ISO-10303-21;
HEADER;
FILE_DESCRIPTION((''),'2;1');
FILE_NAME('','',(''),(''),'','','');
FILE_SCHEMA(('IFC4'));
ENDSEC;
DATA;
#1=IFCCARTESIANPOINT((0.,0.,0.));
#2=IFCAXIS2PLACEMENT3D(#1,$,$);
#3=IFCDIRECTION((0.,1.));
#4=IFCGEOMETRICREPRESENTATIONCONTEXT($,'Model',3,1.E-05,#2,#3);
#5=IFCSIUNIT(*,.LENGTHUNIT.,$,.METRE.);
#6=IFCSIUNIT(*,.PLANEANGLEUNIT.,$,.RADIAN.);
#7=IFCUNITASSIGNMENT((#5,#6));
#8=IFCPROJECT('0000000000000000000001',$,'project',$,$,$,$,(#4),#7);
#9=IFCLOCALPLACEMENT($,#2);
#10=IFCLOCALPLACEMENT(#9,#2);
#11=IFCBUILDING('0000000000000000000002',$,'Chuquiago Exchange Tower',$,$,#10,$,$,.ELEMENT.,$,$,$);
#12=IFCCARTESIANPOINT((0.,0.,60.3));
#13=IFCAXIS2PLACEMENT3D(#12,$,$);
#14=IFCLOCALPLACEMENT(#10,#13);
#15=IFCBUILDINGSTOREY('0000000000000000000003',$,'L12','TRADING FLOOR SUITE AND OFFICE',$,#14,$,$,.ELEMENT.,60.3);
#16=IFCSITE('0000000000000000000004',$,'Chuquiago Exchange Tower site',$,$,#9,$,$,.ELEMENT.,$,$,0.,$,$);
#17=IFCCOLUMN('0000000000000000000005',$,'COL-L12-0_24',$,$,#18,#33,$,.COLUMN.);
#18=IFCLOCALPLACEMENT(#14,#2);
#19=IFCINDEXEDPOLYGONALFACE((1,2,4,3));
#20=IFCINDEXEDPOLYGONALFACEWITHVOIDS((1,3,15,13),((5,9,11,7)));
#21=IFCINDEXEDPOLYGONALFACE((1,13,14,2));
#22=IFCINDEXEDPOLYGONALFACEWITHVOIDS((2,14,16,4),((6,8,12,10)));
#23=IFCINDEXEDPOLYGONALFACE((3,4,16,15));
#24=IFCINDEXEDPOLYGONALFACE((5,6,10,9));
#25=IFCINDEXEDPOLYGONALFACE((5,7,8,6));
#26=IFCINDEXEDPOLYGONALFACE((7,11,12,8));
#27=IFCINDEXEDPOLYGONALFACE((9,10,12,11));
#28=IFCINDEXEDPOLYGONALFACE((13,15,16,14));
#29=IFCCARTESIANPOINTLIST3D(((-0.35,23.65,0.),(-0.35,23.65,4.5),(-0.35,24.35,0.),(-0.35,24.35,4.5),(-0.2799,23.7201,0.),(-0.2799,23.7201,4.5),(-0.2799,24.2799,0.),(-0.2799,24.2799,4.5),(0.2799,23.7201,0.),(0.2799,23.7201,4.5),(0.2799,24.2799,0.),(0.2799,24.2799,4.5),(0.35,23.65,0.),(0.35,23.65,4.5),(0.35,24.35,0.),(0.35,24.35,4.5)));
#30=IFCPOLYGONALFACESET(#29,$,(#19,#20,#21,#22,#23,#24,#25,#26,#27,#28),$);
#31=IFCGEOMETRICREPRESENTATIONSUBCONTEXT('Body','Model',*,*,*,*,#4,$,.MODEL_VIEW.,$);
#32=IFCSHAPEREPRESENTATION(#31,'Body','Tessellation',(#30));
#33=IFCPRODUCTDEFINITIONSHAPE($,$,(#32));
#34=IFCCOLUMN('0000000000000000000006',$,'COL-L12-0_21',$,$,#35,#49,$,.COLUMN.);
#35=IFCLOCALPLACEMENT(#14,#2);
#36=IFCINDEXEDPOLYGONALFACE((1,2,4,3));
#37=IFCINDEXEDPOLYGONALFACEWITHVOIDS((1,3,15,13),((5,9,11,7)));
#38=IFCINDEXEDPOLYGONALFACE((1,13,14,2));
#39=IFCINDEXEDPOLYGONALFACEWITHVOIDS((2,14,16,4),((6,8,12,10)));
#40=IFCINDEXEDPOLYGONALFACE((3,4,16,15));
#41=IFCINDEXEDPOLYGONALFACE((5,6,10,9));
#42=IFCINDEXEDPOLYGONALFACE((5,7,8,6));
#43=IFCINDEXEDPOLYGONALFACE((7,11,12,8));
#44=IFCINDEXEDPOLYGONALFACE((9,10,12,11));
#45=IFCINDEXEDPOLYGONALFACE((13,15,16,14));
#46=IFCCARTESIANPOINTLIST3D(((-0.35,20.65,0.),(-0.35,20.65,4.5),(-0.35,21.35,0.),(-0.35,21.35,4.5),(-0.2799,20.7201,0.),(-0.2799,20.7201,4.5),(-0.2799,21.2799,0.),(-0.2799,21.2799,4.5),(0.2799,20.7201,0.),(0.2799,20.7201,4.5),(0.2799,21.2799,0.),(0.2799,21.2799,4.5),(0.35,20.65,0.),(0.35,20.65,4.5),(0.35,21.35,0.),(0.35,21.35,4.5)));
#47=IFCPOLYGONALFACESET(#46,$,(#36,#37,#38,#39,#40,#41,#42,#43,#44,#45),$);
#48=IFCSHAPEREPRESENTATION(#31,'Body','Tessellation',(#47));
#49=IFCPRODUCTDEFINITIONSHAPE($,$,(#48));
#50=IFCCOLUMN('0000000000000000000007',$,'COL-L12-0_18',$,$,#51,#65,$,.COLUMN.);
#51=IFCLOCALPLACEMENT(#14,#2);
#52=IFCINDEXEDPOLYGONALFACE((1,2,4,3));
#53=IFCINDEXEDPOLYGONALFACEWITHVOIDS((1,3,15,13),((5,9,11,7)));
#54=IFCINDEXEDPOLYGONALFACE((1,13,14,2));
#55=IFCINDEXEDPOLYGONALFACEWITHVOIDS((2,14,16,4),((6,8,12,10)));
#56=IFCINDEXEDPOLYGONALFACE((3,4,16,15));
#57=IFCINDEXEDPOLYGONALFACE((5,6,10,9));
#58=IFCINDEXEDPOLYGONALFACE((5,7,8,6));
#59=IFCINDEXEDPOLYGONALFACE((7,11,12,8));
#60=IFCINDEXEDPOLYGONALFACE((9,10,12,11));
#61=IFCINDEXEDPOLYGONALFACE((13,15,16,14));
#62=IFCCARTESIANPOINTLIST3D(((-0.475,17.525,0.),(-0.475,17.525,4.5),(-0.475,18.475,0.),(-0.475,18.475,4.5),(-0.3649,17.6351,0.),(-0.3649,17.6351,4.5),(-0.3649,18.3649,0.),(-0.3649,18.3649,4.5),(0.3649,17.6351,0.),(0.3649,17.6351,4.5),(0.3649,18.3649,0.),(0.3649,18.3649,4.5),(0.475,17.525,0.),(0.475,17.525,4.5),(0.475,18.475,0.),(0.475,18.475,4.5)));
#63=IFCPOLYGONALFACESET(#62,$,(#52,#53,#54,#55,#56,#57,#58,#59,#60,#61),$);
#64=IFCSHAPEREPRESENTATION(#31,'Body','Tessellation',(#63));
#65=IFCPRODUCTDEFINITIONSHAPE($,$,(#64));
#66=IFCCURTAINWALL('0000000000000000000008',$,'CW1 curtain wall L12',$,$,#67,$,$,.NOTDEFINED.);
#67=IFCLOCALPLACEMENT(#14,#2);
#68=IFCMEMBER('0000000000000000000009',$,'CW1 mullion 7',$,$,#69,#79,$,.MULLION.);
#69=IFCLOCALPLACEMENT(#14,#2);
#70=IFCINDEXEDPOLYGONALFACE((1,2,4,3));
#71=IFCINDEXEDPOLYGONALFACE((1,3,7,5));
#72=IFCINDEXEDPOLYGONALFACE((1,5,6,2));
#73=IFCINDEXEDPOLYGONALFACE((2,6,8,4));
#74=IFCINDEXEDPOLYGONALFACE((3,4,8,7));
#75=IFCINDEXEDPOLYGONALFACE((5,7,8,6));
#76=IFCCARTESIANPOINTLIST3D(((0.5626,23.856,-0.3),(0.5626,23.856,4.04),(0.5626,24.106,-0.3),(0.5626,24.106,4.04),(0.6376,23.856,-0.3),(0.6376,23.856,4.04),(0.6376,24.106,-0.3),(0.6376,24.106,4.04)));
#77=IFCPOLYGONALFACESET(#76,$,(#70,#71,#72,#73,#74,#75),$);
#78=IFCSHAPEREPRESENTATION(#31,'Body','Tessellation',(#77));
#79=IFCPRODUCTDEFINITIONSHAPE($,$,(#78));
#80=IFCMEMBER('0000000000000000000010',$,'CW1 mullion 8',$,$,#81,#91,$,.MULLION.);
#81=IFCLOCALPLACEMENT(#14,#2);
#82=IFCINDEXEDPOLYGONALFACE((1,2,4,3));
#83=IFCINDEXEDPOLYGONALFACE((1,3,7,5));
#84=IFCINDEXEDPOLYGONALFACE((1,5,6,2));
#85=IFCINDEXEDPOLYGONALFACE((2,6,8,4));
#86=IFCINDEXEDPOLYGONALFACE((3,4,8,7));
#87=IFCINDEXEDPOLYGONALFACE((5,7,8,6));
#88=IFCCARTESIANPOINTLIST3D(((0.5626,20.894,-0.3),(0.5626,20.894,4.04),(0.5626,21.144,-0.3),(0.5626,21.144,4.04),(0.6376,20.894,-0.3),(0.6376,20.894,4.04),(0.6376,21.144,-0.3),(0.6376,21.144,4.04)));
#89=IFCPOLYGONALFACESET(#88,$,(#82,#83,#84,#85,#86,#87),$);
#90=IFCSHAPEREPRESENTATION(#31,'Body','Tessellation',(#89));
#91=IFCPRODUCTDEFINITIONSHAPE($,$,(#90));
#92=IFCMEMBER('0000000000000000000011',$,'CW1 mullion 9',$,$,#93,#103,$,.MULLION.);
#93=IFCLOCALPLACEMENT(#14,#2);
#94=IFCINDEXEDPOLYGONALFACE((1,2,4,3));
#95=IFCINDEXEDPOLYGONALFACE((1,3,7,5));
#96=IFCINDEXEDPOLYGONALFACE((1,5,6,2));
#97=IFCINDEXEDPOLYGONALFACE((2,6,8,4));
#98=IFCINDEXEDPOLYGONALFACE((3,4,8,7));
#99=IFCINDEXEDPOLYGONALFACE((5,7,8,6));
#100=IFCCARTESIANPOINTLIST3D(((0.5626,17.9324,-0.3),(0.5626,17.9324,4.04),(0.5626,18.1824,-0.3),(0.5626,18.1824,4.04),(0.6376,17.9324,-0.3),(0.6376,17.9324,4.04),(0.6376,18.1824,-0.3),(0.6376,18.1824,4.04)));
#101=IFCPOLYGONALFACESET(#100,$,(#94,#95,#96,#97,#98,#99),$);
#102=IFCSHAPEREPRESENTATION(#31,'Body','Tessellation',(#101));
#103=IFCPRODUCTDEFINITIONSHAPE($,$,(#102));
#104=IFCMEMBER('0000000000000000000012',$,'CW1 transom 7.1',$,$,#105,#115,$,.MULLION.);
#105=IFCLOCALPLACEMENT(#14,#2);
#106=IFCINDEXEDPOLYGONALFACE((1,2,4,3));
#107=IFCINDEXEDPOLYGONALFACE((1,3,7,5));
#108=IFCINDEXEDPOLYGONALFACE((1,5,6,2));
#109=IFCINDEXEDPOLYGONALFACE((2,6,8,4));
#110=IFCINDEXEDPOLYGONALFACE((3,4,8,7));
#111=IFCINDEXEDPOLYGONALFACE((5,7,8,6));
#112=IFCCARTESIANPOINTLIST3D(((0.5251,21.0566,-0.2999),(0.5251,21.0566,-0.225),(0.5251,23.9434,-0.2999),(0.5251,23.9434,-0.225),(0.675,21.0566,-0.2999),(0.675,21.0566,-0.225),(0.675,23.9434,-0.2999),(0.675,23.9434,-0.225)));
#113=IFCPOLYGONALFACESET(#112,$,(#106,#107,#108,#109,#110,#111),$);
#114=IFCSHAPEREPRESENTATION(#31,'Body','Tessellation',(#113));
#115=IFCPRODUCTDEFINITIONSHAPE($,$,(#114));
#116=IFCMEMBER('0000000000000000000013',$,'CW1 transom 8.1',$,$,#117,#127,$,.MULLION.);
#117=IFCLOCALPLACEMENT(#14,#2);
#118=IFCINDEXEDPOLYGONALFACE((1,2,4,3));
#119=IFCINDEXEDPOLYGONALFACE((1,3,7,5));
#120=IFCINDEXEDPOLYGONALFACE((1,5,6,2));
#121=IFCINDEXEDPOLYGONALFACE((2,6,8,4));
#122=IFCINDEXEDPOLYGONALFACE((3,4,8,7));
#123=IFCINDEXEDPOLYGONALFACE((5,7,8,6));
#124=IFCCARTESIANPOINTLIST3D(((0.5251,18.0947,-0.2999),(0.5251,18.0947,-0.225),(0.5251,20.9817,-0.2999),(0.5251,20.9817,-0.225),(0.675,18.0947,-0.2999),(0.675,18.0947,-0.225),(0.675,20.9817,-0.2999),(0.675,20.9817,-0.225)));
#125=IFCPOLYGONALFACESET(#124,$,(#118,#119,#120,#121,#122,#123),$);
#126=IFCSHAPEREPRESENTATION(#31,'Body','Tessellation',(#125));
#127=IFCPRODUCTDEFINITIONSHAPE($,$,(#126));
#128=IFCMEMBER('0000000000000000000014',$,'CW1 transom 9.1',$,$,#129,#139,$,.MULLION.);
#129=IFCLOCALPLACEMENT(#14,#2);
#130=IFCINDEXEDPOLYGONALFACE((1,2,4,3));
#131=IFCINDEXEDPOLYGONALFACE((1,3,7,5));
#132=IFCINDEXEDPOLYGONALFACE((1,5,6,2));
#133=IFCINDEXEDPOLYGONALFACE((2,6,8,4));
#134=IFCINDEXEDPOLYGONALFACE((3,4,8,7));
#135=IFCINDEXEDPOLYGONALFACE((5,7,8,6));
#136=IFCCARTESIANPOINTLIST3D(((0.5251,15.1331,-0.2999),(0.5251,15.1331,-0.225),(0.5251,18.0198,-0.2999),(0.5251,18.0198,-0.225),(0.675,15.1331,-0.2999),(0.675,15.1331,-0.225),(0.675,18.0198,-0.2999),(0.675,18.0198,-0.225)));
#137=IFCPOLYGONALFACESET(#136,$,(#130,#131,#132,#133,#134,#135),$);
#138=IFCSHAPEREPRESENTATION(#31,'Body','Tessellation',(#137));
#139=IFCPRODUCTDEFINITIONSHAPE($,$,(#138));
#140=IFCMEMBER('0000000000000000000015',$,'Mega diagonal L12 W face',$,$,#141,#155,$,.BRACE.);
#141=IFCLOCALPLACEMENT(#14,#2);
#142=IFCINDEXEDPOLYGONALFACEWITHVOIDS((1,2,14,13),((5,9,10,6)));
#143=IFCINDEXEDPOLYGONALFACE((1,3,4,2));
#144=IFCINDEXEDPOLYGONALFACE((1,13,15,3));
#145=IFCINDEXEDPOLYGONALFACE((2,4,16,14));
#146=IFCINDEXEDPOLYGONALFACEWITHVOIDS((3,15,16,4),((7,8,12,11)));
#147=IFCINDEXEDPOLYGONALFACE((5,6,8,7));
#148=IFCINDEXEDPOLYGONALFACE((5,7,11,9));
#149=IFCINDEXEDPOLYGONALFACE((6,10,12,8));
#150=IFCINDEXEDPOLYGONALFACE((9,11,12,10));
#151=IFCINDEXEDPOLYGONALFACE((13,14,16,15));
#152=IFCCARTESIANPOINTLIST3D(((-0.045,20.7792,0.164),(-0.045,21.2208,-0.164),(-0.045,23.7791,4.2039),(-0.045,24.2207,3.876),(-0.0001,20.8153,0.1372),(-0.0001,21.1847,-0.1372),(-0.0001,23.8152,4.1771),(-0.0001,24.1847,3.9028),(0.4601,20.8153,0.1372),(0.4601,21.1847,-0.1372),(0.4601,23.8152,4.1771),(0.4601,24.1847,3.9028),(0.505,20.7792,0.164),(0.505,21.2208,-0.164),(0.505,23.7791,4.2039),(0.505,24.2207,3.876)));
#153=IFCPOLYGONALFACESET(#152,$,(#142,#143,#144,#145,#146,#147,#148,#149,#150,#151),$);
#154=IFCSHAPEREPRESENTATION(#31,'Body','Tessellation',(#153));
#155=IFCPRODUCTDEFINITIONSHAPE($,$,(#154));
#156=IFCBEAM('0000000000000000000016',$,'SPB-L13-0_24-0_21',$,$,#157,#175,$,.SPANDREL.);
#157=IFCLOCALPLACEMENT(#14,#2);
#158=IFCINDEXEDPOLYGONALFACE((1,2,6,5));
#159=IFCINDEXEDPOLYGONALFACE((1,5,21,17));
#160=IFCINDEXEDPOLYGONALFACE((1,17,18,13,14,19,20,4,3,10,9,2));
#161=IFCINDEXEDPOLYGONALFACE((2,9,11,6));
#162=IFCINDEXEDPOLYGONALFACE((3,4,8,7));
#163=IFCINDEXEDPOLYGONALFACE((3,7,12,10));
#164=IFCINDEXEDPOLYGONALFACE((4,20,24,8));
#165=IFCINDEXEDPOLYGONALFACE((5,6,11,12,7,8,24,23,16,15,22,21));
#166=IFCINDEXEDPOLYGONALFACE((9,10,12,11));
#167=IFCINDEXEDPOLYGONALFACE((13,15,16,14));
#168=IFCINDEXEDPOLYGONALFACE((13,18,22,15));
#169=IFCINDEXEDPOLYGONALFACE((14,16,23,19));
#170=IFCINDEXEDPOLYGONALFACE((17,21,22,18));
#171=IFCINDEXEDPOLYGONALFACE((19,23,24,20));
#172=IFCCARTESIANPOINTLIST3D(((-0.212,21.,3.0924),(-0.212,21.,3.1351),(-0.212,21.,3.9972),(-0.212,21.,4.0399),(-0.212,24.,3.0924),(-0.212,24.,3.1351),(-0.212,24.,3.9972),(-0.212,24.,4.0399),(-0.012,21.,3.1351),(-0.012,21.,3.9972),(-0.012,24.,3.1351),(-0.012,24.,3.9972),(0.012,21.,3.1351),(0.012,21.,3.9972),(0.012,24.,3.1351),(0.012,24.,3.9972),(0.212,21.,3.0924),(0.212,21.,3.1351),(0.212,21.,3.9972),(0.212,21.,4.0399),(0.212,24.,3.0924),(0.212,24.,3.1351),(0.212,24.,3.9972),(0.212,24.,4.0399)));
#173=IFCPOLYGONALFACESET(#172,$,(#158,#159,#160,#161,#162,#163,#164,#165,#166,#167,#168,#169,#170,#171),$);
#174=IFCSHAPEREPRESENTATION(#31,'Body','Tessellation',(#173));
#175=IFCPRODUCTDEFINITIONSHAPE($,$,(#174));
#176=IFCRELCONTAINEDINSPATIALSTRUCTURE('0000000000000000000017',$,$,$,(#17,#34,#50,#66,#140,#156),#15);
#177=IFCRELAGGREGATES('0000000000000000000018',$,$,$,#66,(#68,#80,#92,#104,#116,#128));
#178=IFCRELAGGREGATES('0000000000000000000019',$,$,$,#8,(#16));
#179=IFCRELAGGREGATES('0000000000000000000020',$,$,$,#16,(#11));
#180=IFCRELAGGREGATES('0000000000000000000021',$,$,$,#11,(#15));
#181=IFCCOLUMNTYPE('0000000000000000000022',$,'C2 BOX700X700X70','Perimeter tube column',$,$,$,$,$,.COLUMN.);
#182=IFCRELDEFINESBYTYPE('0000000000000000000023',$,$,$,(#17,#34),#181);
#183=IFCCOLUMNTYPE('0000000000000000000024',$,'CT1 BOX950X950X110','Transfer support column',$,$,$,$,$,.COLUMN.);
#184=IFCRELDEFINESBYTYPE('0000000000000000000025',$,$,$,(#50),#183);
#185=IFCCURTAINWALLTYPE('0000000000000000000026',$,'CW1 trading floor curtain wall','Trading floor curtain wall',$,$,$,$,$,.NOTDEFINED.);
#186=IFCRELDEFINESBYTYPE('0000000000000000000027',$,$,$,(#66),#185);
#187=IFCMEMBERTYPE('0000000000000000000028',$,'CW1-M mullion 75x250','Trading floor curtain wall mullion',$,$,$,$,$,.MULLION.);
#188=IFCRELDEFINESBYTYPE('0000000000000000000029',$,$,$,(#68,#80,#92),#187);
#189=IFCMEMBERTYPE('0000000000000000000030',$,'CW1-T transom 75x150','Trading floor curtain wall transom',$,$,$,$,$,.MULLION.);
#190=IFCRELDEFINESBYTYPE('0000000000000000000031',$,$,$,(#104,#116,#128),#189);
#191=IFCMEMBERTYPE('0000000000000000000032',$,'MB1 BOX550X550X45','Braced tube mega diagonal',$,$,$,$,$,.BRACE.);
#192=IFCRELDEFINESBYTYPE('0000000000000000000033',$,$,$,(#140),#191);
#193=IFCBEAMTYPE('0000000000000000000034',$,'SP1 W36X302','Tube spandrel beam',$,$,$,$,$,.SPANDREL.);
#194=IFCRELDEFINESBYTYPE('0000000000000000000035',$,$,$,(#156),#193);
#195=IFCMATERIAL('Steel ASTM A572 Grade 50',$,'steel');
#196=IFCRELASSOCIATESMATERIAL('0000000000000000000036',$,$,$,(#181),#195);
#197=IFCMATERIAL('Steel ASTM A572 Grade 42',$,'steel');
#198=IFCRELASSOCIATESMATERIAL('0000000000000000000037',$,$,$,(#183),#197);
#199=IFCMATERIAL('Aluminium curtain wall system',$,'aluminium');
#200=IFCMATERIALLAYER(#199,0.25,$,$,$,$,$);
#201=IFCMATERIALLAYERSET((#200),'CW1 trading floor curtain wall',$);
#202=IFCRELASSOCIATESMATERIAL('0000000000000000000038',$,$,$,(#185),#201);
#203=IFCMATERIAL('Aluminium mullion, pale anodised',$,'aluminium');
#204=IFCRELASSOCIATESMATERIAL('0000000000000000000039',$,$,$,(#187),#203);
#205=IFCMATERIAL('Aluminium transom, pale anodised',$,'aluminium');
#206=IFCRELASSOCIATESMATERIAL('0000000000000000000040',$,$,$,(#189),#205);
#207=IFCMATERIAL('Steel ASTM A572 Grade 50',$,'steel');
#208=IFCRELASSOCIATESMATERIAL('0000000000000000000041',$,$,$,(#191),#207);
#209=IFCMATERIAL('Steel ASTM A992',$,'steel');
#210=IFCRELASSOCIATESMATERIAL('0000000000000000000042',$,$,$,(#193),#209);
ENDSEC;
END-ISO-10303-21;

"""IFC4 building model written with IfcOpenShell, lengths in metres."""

from ifc_helpers import new_model, si_unit, direction, frame, origin, origin_2d, place, context, subcontext, project, spatial, rectangle, hollow_rectangle, i_section, extrude, material, layer, layer_set, material_profile, profile_set, type_object, element, aggregate, save


model = new_model("IFC4")

# Units and contexts
model_context = context("Model", 3, precision=1e-05, world=origin(), true_north=direction((0.0, 1.0)))
body_context = subcontext(model_context, "Body", "Model", "MODEL_VIEW")
ifc_project = project(units=[si_unit("LENGTHUNIT", "METRE"), si_unit("PLANEANGLEUNIT", "RADIAN")], contexts=[model_context])

# Site, building, storey
site_placement = place(None, origin())
site = spatial("IfcSite", under=ifc_project, at=site_placement, Name="Chuquiago Exchange Tower site", CompositionType="ELEMENT", RefElevation=0.0)
building_placement = place(site_placement, origin())
building = spatial("IfcBuilding", under=site, at=building_placement, Name="Chuquiago Exchange Tower", CompositionType="ELEMENT")
storey_placement = place(building_placement, frame((0.0, 0.0, 60.3)))
storey = spatial("IfcBuildingStorey", under=building, at=storey_placement, Name="L12", Description="TRADING FLOOR SUITE AND OFFICE", CompositionType="ELEMENT", Elevation=60.3)

# Columns
ifc_material_1 = material(Name="Steel ASTM A572 Grade 50", Category="steel")
ifc_material_profile_1 = material_profile(ifc_material_1, hollow_rectangle(XDim=0.7, YDim=0.7, WallThickness=0.0701, at=origin_2d()), Name="BOX700X700X70")
ifc_profile_set_1 = profile_set([ifc_material_profile_1], Name="Steel ASTM A572 Grade 50")
column_type_1 = type_object("IfcColumnType", Name="C2 BOX700X700X70", Description="Perimeter tube column", PredefinedType="COLUMN", material=ifc_profile_set_1)
for number, where, z_axis, x_axis, name in (
    (1, (0.0, 24.0, 0.0), (0.0, 0.0, 1.0), (-1.0, 0.0, 0.0), "COL-L12-0_24"),
    (2, (0.0, 21.0, 0.0), (0.0, 0.0, 1.0), (-1.0, 0.0, 0.0), "COL-L12-0_21"),
):
    element("IfcColumn", number, at=place(storey_placement, frame(where, z_axis=z_axis, x_axis=x_axis)), inside=storey, type_object=column_type_1, Name=name, PredefinedType="COLUMN", context=body_context, shape_type="SweptSolid", body=[
        extrude(hollow_rectangle(XDim=0.7, YDim=0.7, WallThickness=0.0701, at=origin_2d()), origin(), (0.0, 0.0, 1.0), 4.5),
    ])
ifc_material_2 = material(Name="Steel ASTM A572 Grade 42", Category="steel")
ifc_material_profile_2 = material_profile(ifc_material_2, hollow_rectangle(XDim=0.95, YDim=0.95, WallThickness=0.1101, at=origin_2d()), Name="BOX950X950X110")
ifc_profile_set_2 = profile_set([ifc_material_profile_2], Name="Steel ASTM A572 Grade 42")
column_type_2 = type_object("IfcColumnType", Name="CT1 BOX950X950X110", Description="Transfer support column", PredefinedType="COLUMN", material=ifc_profile_set_2)
column_placement = place(storey_placement, frame((0.0, 18.0, 0.0), z_axis=(0.0, 0.0, 1.0), x_axis=(-1.0, 0.0, 0.0)))
element("IfcColumn", 3, at=column_placement, inside=storey, type_object=column_type_2, Name="COL-L12-0_18", PredefinedType="COLUMN", context=body_context, shape_type="SweptSolid", body=[
    extrude(hollow_rectangle(XDim=0.95, YDim=0.95, WallThickness=0.1101, at=origin_2d()), origin(), (0.0, 0.0, 1.0), 4.5),
])

# Curtain wall, members
ifc_material_3 = material(Name="Aluminium curtain wall system", Category="aluminium")
ifc_layer_1 = layer(ifc_material_3, 0.25)
ifc_layer_set_1 = layer_set([ifc_layer_1], Name="CW1 trading floor curtain wall")
curtain_wall_type = type_object("IfcCurtainWallType", Name="CW1 trading floor curtain wall", Description="Trading floor curtain wall", PredefinedType="NOTDEFINED", material=ifc_layer_set_1)
curtain_wall_placement = place(storey_placement, origin())
curtain_wall = element("IfcCurtainWall", 4, at=curtain_wall_placement, inside=storey, type_object=curtain_wall_type, Name="CW1 curtain wall L12", PredefinedType="NOTDEFINED")
ifc_material_4 = material(Name="Aluminium mullion, pale anodised", Category="aluminium")
ifc_material_profile_3 = material_profile(ifc_material_4, rectangle(XDim=0.075, YDim=0.25, at=origin_2d()), Name="AL 75x250")
ifc_profile_set_3 = profile_set([ifc_material_profile_3], Name="Aluminium mullion, pale anodised")
member_type_1 = type_object("IfcMemberType", Name="CW1-M mullion 75x250", Description="Trading floor curtain wall mullion", PredefinedType="MULLION", material=ifc_profile_set_3)
member_1_placement = place(storey_placement, frame((0.6001, 23.981, -0.3), z_axis=(0.0, 0.0, 1.0), x_axis=(1.0, 0.0, 0.0)))
member_1 = element("IfcMember", 5, at=member_1_placement, type_object=member_type_1, Name="CW1 mullion 7", PredefinedType="MULLION", context=body_context, shape_type="SweptSolid", body=[
    extrude(rectangle(XDim=0.075, YDim=0.25, at=origin_2d()), origin(), (0.0, 0.0, 1.0), 4.3401),
])
member_2_placement = place(storey_placement, frame((0.6001, 21.019, -0.3), z_axis=(0.0, 0.0, 1.0), x_axis=(1.0, 0.0, 0.0)))
member_2 = element("IfcMember", 6, at=member_2_placement, type_object=member_type_1, Name="CW1 mullion 8", PredefinedType="MULLION", context=body_context, shape_type="SweptSolid", body=[
    extrude(rectangle(XDim=0.075, YDim=0.25, at=origin_2d()), origin(), (0.0, 0.0, 1.0), 4.3401),
])
member_3_placement = place(storey_placement, frame((0.6001, 18.0574, -0.3), z_axis=(0.0, 0.0, 1.0), x_axis=(1.0, 0.0, 0.0)))
member_3 = element("IfcMember", 7, at=member_3_placement, type_object=member_type_1, Name="CW1 mullion 9", PredefinedType="MULLION", context=body_context, shape_type="SweptSolid", body=[
    extrude(rectangle(XDim=0.075, YDim=0.25, at=origin_2d()), origin(), (0.0, 0.0, 1.0), 4.3401),
])
ifc_material_5 = material(Name="Aluminium transom, pale anodised", Category="aluminium")
ifc_material_profile_4 = material_profile(ifc_material_5, rectangle(XDim=0.1499, YDim=0.075, at=origin_2d()), Name="AL 150x75")
ifc_profile_set_4 = profile_set([ifc_material_profile_4], Name="Aluminium transom, pale anodised")
member_type_2 = type_object("IfcMemberType", Name="CW1-T transom 75x150", Description="Trading floor curtain wall transom", PredefinedType="MULLION", material=ifc_profile_set_4)
member_4_placement = place(storey_placement, frame((0.6001, 23.9434, -0.2625), z_axis=(0.0, -1.0, 0.0), x_axis=(1.0, 0.0, 0.0)))
member_4 = element("IfcMember", 8, at=member_4_placement, type_object=member_type_2, Name="CW1 transom 7.1", PredefinedType="MULLION", context=body_context, shape_type="SweptSolid", body=[
    extrude(rectangle(XDim=0.1499, YDim=0.075, at=origin_2d()), origin(), (0.0, 0.0, 1.0), 2.8867),
])
member_5_placement = place(storey_placement, frame((0.6001, 20.9817, -0.2625), z_axis=(0.0, -1.0, 0.0), x_axis=(1.0, 0.0, 0.0)))
member_5 = element("IfcMember", 9, at=member_5_placement, type_object=member_type_2, Name="CW1 transom 8.1", PredefinedType="MULLION", context=body_context, shape_type="SweptSolid", body=[
    extrude(rectangle(XDim=0.1499, YDim=0.075, at=origin_2d()), origin(), (0.0, 0.0, 1.0), 2.887),
])
member_6_placement = place(storey_placement, frame((0.6001, 18.0198, -0.2625), z_axis=(0.0, -1.0, 0.0), x_axis=(1.0, 0.0, 0.0)))
member_6 = element("IfcMember", 10, at=member_6_placement, type_object=member_type_2, Name="CW1 transom 9.1", PredefinedType="MULLION", context=body_context, shape_type="SweptSolid", body=[
    extrude(rectangle(XDim=0.1499, YDim=0.075, at=origin_2d()), origin(), (0.0, 0.0, 1.0), 2.8867),
])

# Member
ifc_material_6 = material(Name="Steel ASTM A572 Grade 50", Category="steel")
ifc_material_profile_5 = material_profile(ifc_material_6, hollow_rectangle(XDim=0.55, YDim=0.55, WallThickness=0.0449, at=origin_2d()), Name="BOX550X550X45")
ifc_profile_set_5 = profile_set([ifc_material_profile_5], Name="Steel ASTM A572 Grade 50")
member_type_3 = type_object("IfcMemberType", Name="MB1 BOX550X550X45", Description="Braced tube mega diagonal", PredefinedType="BRACE", material=ifc_profile_set_5)
member_7_placement = place(storey_placement, frame((0.23, 21.0, 0.0), z_axis=(0.0, 0.596174, 0.802855), x_axis=(-1.0, 0.0, 0.0)))
element("IfcMember", 11, at=member_7_placement, inside=storey, type_object=member_type_3, Name="Mega diagonal L12 W face", PredefinedType="BRACE", context=body_context, shape_type="SweptSolid", body=[
    extrude(hollow_rectangle(XDim=0.55, YDim=0.55, WallThickness=0.0449, at=origin_2d()), origin(), (0.0, 0.0, 1.0), 5.032),
])

# Beam
ifc_material_7 = material(Name="Steel ASTM A992", Category="steel")
ifc_material_profile_6 = material_profile(ifc_material_7, i_section(OverallWidth=0.4241, OverallDepth=0.9475, WebThickness=0.0239, FlangeThickness=0.0427, at=origin_2d()), Name="W36X302")
ifc_profile_set_6 = profile_set([ifc_material_profile_6], Name="Steel ASTM A992")
beam_type = type_object("IfcBeamType", Name="SP1 W36X302", Description="Tube spandrel beam", PredefinedType="SPANDREL", material=ifc_profile_set_6)
for number, where, z_axis, x_axis, name in (
    (12, (0.0, 24.0, 3.5662), (0.0, -1.0, 0.0), (1.0, 0.0, 0.0), "SPB-L13-0_24-0_21"),
):
    element("IfcBeam", number, at=place(storey_placement, frame(where, z_axis=z_axis, x_axis=x_axis)), inside=storey, type_object=beam_type, Name=name, PredefinedType="SPANDREL", context=body_context, shape_type="SweptSolid", body=[
        extrude(i_section(OverallWidth=0.4241, OverallDepth=0.9475, WebThickness=0.0239, FlangeThickness=0.0427, at=origin_2d()), origin(), (0.0, 0.0, 1.0), 3.0),
    ])

aggregate(curtain_wall, [member_1, member_2, member_3, member_4, member_5, member_6])

save(model, "model.ifc")
